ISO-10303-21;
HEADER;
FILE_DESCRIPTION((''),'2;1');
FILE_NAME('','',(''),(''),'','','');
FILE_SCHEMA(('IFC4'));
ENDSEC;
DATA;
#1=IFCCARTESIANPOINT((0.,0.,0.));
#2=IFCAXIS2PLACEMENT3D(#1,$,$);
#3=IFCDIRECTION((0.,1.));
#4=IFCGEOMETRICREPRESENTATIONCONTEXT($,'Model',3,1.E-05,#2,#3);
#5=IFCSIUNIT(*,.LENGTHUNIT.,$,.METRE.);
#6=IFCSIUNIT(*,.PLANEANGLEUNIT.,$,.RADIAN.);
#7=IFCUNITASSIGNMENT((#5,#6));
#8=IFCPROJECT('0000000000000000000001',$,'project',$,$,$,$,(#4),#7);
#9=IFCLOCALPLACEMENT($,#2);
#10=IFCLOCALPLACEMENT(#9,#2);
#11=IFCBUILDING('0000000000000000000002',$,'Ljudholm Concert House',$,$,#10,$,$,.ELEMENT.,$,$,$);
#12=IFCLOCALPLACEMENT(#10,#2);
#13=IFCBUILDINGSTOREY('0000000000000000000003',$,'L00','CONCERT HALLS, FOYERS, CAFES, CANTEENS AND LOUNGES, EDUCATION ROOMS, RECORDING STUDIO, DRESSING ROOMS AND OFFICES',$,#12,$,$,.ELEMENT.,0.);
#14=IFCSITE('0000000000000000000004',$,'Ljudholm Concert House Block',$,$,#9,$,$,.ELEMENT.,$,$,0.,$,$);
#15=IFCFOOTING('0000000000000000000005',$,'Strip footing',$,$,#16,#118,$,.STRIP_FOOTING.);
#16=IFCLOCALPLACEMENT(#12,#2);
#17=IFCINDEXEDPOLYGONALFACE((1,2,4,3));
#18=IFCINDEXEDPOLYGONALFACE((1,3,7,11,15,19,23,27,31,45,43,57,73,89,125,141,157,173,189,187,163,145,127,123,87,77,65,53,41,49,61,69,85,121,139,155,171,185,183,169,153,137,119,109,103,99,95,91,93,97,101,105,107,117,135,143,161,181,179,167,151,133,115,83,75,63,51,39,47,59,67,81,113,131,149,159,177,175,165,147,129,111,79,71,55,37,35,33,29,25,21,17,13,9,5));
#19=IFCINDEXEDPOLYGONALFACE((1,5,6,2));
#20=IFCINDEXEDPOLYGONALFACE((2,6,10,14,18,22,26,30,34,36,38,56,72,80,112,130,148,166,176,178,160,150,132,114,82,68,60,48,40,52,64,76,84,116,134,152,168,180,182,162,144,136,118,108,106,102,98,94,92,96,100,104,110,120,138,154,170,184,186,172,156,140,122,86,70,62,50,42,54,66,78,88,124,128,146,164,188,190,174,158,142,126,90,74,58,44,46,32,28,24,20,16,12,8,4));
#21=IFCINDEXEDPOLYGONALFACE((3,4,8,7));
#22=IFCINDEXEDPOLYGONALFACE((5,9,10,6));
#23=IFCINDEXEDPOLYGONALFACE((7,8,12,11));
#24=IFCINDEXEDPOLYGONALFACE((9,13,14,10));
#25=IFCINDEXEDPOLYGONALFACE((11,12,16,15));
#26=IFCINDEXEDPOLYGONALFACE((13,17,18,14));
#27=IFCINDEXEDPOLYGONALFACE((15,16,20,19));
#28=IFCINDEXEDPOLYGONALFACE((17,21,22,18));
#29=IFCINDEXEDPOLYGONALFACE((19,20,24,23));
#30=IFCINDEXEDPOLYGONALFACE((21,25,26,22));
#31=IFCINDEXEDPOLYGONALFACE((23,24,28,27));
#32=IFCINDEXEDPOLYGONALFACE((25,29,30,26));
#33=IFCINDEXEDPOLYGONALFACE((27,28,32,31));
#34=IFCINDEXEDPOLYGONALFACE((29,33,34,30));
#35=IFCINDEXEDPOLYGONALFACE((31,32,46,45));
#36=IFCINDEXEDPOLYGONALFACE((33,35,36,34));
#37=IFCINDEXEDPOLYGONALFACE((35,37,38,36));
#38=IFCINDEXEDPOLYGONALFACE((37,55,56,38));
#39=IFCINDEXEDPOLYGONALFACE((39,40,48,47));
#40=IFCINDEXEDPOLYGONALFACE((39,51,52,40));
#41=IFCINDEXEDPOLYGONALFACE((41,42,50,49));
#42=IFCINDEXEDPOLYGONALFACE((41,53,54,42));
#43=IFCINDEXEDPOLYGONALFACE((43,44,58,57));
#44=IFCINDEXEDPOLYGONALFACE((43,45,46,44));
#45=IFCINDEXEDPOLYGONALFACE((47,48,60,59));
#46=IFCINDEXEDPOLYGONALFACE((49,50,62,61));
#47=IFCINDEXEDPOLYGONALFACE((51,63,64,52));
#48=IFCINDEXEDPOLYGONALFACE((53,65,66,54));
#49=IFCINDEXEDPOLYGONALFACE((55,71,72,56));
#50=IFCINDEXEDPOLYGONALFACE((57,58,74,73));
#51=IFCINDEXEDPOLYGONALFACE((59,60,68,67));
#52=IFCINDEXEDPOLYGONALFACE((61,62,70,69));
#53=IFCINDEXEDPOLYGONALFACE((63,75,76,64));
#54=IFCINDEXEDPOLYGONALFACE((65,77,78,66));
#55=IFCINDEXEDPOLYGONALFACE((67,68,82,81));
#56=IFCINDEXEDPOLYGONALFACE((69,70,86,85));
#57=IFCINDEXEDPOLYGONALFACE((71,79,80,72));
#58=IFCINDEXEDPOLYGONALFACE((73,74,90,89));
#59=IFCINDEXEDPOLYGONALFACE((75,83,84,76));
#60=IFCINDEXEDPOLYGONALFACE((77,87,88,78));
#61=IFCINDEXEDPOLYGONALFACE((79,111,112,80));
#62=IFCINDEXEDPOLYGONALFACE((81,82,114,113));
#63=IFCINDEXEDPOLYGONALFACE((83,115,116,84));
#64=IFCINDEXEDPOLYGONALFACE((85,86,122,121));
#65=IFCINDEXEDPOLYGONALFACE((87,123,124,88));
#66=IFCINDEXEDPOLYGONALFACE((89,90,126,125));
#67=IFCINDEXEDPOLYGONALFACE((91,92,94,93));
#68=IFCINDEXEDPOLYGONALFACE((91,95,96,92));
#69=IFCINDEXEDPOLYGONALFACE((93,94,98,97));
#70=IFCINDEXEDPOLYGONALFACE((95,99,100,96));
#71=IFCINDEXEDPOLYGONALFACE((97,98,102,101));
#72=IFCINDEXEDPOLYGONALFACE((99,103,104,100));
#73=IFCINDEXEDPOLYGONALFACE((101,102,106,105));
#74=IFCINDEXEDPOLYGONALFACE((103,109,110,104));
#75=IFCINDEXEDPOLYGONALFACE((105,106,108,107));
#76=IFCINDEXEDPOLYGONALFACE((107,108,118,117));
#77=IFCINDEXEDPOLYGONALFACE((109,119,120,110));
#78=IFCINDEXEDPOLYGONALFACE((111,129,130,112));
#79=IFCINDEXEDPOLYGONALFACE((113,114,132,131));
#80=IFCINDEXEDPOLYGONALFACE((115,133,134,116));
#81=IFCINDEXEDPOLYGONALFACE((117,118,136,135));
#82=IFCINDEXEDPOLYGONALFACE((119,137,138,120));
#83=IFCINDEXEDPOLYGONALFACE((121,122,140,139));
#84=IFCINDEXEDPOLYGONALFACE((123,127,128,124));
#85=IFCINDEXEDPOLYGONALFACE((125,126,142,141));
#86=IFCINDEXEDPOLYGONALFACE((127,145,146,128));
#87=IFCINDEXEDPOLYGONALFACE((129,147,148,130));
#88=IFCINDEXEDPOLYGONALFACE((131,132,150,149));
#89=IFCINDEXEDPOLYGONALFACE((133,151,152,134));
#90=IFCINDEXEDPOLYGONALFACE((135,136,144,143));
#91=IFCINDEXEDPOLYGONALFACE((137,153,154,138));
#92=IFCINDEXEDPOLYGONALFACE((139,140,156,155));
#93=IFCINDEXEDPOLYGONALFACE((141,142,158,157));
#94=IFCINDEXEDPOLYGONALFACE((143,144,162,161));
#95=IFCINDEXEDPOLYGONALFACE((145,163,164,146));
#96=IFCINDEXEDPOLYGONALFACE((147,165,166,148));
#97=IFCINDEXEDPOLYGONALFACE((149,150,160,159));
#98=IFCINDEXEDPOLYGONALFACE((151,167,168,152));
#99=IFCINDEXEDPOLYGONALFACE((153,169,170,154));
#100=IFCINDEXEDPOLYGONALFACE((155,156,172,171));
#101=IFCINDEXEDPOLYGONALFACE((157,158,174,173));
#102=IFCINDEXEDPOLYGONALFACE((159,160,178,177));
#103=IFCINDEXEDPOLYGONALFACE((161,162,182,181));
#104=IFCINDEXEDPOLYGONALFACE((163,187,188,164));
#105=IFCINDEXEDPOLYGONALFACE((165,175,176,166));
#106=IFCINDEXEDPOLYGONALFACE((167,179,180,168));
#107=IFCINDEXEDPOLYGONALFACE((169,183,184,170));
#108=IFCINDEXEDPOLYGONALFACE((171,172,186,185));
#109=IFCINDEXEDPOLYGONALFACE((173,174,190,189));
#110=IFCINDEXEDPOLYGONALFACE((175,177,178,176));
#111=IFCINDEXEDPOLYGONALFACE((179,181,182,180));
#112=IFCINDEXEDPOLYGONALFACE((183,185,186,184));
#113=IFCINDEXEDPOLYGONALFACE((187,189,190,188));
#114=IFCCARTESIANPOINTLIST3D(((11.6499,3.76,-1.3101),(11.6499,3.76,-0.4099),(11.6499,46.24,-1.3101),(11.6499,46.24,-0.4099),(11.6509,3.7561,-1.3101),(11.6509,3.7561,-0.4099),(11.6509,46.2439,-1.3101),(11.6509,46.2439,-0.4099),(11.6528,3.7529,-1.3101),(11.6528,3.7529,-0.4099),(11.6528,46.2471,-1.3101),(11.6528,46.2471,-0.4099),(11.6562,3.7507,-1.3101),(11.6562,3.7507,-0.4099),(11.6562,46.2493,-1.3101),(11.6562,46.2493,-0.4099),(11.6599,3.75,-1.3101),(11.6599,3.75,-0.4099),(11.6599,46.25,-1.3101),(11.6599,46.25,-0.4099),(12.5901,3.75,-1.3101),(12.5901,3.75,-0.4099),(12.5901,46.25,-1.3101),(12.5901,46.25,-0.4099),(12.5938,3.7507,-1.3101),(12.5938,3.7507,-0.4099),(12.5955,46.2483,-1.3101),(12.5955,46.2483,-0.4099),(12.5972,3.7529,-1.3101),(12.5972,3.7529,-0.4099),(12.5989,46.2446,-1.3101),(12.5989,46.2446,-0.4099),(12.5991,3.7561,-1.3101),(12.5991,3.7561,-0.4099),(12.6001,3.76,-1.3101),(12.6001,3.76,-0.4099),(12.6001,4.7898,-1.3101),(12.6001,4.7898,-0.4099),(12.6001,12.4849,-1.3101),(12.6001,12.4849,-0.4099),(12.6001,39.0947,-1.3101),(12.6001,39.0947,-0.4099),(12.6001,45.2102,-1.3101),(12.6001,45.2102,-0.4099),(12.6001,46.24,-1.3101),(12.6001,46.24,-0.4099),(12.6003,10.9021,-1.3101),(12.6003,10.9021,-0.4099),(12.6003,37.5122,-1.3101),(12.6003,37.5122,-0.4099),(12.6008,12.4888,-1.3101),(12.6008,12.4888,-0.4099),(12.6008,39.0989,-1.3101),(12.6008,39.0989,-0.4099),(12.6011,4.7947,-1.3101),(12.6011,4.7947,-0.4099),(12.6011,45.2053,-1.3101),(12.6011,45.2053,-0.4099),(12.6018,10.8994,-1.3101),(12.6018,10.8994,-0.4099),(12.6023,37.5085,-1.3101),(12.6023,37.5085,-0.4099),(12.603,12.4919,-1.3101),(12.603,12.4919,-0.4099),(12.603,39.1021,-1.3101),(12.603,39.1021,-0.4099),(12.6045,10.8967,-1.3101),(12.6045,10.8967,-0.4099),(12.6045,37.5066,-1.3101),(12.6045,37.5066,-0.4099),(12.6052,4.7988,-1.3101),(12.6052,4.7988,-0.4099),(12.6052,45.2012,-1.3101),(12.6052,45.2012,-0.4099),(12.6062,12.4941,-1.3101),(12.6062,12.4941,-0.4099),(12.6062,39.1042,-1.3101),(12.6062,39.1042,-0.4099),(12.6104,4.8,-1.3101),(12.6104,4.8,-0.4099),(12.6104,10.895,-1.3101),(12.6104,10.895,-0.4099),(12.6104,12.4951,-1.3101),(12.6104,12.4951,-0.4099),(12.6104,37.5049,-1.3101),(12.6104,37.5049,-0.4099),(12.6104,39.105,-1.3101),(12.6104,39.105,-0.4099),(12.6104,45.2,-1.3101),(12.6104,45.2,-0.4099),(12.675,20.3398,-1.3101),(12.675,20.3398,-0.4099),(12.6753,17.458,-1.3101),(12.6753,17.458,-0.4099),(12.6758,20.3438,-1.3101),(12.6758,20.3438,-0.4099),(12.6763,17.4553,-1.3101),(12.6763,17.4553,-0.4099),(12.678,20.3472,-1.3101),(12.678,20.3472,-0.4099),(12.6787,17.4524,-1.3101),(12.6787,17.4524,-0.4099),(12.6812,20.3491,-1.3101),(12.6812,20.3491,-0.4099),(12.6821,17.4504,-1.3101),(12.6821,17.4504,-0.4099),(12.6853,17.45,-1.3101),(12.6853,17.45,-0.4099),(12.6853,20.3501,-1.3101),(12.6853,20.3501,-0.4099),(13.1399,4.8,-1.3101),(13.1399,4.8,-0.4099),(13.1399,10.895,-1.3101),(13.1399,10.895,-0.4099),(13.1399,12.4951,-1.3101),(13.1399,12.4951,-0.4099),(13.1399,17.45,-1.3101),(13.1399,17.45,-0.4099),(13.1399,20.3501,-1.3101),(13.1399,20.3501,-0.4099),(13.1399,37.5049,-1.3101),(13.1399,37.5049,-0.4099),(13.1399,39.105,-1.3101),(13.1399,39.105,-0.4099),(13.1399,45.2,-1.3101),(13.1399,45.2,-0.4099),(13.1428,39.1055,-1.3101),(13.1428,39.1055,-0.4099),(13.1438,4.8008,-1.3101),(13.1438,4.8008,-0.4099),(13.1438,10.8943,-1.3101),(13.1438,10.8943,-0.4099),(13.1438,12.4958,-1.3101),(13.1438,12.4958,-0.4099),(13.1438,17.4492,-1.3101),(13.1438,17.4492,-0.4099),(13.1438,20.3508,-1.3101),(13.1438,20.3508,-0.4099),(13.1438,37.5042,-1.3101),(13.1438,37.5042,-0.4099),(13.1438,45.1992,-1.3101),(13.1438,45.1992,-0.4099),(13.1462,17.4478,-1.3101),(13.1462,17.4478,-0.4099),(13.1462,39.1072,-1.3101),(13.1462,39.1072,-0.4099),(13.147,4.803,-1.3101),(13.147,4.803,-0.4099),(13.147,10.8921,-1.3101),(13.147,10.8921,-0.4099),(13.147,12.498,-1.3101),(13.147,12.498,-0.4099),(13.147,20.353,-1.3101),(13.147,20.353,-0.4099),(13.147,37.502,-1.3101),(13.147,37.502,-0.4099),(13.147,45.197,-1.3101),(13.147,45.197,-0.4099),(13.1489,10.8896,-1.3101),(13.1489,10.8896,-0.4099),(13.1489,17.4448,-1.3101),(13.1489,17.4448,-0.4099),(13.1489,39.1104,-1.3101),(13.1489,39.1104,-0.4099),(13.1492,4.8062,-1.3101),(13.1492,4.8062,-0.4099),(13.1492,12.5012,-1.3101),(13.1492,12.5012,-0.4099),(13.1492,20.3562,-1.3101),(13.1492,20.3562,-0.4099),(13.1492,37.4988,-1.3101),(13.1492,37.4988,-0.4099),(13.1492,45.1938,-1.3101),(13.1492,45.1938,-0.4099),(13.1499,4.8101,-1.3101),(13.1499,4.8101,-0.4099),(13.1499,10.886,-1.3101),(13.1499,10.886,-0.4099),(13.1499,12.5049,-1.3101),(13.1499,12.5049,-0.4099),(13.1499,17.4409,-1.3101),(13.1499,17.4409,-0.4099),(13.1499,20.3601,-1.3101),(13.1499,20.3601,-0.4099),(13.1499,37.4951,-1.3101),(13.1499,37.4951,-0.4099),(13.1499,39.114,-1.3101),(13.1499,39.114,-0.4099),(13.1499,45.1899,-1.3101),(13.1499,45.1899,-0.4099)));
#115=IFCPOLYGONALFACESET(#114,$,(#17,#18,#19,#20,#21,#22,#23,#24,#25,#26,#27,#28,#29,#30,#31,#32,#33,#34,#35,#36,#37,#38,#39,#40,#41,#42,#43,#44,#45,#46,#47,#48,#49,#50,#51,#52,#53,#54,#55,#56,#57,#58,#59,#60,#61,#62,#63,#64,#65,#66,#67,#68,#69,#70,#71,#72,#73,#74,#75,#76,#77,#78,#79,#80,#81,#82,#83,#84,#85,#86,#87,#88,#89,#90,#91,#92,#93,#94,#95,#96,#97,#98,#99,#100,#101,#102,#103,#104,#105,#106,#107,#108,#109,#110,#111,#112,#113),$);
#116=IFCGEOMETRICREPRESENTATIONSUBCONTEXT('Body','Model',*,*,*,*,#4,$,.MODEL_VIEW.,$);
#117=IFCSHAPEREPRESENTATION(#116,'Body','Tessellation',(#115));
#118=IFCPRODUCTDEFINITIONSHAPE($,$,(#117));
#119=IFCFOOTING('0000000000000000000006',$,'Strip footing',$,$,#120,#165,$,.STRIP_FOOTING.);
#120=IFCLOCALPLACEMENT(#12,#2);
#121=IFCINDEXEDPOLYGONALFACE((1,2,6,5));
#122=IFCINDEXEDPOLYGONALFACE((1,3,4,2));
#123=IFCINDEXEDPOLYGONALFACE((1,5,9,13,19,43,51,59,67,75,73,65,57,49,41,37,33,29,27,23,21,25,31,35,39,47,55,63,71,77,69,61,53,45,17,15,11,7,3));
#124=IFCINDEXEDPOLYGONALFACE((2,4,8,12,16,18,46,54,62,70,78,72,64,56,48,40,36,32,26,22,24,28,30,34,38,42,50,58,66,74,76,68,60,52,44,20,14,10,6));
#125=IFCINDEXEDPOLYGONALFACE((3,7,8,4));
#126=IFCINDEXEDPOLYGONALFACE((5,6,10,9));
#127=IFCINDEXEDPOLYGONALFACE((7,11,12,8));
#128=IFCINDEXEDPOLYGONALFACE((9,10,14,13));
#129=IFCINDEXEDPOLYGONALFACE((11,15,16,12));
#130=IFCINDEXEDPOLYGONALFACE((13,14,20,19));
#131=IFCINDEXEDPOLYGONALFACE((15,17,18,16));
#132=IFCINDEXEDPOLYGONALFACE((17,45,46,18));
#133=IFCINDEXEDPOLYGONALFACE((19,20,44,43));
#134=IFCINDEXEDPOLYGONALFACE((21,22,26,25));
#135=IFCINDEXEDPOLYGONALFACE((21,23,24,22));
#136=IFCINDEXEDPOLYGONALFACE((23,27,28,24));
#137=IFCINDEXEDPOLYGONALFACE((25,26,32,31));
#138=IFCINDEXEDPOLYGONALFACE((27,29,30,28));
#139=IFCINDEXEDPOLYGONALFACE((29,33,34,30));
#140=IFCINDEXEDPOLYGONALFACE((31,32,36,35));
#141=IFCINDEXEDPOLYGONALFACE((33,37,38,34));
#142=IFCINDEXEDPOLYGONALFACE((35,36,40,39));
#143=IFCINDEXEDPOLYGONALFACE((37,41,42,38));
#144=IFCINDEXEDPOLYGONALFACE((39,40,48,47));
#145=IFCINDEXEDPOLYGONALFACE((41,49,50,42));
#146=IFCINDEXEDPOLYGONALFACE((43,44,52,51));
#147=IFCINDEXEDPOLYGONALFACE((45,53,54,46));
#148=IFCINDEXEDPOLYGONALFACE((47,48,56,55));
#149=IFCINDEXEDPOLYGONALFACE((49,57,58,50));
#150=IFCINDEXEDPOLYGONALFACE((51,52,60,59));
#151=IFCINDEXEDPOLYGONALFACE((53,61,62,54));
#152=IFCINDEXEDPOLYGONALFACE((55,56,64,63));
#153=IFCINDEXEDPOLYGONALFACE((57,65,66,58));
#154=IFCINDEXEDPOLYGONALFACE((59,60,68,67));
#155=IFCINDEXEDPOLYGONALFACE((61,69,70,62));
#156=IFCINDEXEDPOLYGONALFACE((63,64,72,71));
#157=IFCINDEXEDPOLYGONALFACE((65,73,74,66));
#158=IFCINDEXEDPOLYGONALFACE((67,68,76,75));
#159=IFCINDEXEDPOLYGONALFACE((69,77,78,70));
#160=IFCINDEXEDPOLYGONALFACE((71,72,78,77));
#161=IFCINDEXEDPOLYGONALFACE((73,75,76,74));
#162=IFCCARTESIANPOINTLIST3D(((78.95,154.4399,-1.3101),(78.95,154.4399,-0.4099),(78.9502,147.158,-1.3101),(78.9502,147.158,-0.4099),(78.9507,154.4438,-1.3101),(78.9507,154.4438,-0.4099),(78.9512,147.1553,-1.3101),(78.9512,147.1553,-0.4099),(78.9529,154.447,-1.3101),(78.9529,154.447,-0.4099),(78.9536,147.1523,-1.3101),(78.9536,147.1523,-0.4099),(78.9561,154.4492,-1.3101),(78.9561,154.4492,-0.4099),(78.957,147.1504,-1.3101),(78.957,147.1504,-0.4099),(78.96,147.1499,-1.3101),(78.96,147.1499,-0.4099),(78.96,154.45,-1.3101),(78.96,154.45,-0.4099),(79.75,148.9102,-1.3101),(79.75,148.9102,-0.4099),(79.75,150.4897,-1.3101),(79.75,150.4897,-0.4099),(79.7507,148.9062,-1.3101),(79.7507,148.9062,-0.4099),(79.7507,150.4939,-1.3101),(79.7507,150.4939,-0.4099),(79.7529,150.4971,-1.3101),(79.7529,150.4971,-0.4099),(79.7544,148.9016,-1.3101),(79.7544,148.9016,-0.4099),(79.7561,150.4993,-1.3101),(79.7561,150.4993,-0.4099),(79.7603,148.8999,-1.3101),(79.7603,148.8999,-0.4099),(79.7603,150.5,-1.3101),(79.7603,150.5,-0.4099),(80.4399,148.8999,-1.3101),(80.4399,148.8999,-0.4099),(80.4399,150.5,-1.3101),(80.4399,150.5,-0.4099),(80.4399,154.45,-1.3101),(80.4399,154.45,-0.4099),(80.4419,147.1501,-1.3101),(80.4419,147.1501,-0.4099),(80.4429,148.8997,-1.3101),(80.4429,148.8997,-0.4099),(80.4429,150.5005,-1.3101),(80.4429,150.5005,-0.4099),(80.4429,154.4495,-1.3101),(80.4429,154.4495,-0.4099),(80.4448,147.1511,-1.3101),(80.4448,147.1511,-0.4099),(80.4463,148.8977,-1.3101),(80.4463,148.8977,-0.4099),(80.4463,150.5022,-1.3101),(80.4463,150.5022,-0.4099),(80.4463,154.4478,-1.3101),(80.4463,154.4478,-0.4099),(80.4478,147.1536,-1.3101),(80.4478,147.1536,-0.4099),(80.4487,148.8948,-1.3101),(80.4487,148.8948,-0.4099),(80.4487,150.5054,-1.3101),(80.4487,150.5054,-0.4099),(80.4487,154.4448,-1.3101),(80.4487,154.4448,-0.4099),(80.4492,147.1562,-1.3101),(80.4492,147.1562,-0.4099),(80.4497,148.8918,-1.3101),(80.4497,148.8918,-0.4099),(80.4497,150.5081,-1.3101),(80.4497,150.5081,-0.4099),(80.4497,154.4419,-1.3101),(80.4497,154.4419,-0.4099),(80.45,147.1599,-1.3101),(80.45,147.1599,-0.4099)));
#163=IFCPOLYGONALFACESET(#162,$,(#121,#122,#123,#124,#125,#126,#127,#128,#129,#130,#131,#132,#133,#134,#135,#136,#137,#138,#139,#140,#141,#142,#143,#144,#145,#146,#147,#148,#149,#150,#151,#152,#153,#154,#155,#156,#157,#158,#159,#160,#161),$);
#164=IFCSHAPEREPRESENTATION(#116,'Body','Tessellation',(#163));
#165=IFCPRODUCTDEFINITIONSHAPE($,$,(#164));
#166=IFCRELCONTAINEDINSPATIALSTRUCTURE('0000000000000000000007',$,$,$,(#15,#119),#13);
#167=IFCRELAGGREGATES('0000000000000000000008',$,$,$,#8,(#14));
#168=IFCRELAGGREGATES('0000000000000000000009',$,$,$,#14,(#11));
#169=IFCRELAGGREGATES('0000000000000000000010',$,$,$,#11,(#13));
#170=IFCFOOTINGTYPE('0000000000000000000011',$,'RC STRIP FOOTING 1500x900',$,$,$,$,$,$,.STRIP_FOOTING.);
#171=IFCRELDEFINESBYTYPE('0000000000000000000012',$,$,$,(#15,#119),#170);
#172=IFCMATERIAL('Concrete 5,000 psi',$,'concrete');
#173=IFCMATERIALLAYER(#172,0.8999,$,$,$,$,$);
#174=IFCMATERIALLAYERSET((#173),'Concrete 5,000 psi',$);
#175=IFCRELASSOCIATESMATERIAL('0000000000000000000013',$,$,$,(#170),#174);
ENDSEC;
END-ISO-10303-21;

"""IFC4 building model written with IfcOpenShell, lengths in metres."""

from ifc_helpers import new_model, si_unit, direction, frame, origin, place, context, subcontext, project, spatial, polyline, outline, extrude, material, layer, layer_set, type_object, element, save


model = new_model("IFC4")

# Units and contexts
model_context = context("Model", 3, precision=1e-05, world=origin(), true_north=direction((0.0, 1.0)))
body_context = subcontext(model_context, "Body", "Model", "MODEL_VIEW")
ifc_project = project(units=[si_unit("LENGTHUNIT", "METRE"), si_unit("PLANEANGLEUNIT", "RADIAN")], contexts=[model_context])

# Site, building, storey
site_placement = place(None, origin())
site = spatial("IfcSite", under=ifc_project, at=site_placement, Name="Ljudholm Concert House Block", CompositionType="ELEMENT", RefElevation=0.0)
building_placement = place(site_placement, origin())
building = spatial("IfcBuilding", under=site, at=building_placement, Name="Ljudholm Concert House", CompositionType="ELEMENT")
storey_placement = place(building_placement, origin())
storey = spatial("IfcBuildingStorey", under=building, at=storey_placement, Name="L00", Description="CONCERT HALLS, FOYERS, CAFES, CANTEENS AND LOUNGES, EDUCATION ROOMS, RECORDING STUDIO, DRESSING ROOMS AND OFFICES", CompositionType="ELEMENT", Elevation=0.0)

# Footings
ifc_material_1 = material(Name="Concrete 5,000 psi", Category="concrete")
ifc_layer_1 = layer(ifc_material_1, 0.8999)
ifc_layer_set_1 = layer_set([ifc_layer_1], Name="Concrete 5,000 psi")
footing_type_1 = type_object("IfcFootingType", Name="RC STRIP FOOTING 1500x900", PredefinedType="STRIP_FOOTING", material=ifc_layer_set_1)
footing_1_placement = place(storey_placement, frame((0.0, 0.0, -1.3101)))
element("IfcFooting", 1, at=footing_1_placement, inside=storey, type_object=footing_type_1, Name="Strip footing", PredefinedType="STRIP_FOOTING", context=body_context, shape_type="SweptSolid", body=[
    extrude(outline(polyline([(11.6499, 46.24), (11.6499, 3.76), (11.6509, 3.7561), (11.6528, 3.7529), (11.6562, 3.7507), (11.6599, 3.75), (12.5901, 3.75), (12.5938, 3.7507), (12.5972, 3.7529), (12.5991, 3.7561), (12.6001, 3.76), (12.6001, 4.7898), (12.6011, 4.7947), (12.6052, 4.7988), (12.6104, 4.8), (13.1399, 4.8), (13.1438, 4.8008), (13.147, 4.803), (13.1492, 4.8062), (13.1499, 4.8101), (13.1499, 10.886), (13.1489, 10.8896), (13.147, 10.8921), (13.1438, 10.8943), (13.1399, 10.895), (12.6104, 10.895), (12.6045, 10.8967), (12.6018, 10.8994), (12.6003, 10.9021), (12.6001, 12.4849), (12.6008, 12.4888), (12.603, 12.4919), (12.6062, 12.4941), (12.6104, 12.4951), (13.1399, 12.4951), (13.1438, 12.4958), (13.147, 12.498), (13.1492, 12.5012), (13.1499, 12.5049), (13.1499, 17.4409), (13.1489, 17.4448), (13.1462, 17.4478), (13.1438, 17.4492), (13.1399, 17.45), (12.6853, 17.45), (12.6821, 17.4504), (12.6787, 17.4524), (12.6763, 17.4553), (12.6753, 17.458), (12.675, 20.3398), (12.6758, 20.3438), (12.678, 20.3472), (12.6812, 20.3491), (12.6853, 20.3501), (13.1399, 20.3501), (13.1438, 20.3508), (13.147, 20.353), (13.1492, 20.3562), (13.1499, 20.3601), (13.1499, 37.4951), (13.1492, 37.4988), (13.147, 37.502), (13.1438, 37.5042), (13.1399, 37.5049), (12.6104, 37.5049), (12.6045, 37.5066), (12.6023, 37.5085), (12.6003, 37.5122), (12.6001, 39.0947), (12.6008, 39.0989), (12.603, 39.1021), (12.6062, 39.1042), (12.6104, 39.105), (13.1399, 39.105), (13.1428, 39.1055), (13.1462, 39.1072), (13.1489, 39.1104), (13.1499, 39.114), (13.1499, 45.1899), (13.1492, 45.1938), (13.147, 45.197), (13.1438, 45.1992), (13.1399, 45.2), (12.6104, 45.2), (12.6052, 45.2012), (12.6011, 45.2053), (12.6001, 45.2102), (12.6001, 46.24), (12.5989, 46.2446), (12.5955, 46.2483), (12.5901, 46.25), (11.6599, 46.25), (11.6562, 46.2493), (11.6528, 46.2471), (11.6509, 46.2439), (11.6499, 46.24)])), origin(), (0.0, 0.0, 1.0), 0.9001),
])
footing_2_placement = place(storey_placement, frame((0.0, 0.0, -1.3101)))
element("IfcFooting", 2, at=footing_2_placement, inside=storey, type_object=footing_type_1, Name="Strip footing", PredefinedType="STRIP_FOOTING", context=body_context, shape_type="SweptSolid", body=[
    extrude(outline(polyline([(78.95, 154.4399), (78.9502, 147.158), (78.9512, 147.1553), (78.9536, 147.1523), (78.957, 147.1504), (78.96, 147.1499), (80.4419, 147.1501), (80.4448, 147.1511), (80.4478, 147.1536), (80.4492, 147.1562), (80.45, 147.1599), (80.4497, 148.8918), (80.4487, 148.8948), (80.4463, 148.8977), (80.4429, 148.8997), (80.4399, 148.8999), (79.7603, 148.8999), (79.7544, 148.9016), (79.7507, 148.9062), (79.75, 148.9102), (79.75, 150.4897), (79.7507, 150.4939), (79.7529, 150.4971), (79.7561, 150.4993), (79.7603, 150.5), (80.4399, 150.5), (80.4429, 150.5005), (80.4463, 150.5022), (80.4487, 150.5054), (80.4497, 150.5081), (80.4497, 154.4419), (80.4487, 154.4448), (80.4463, 154.4478), (80.4429, 154.4495), (80.4399, 154.45), (78.96, 154.45), (78.9561, 154.4492), (78.9529, 154.447), (78.9507, 154.4438), (78.95, 154.4399)])), origin(), (0.0, 0.0, 1.0), 0.9001),
])

save(model, "model.ifc")
